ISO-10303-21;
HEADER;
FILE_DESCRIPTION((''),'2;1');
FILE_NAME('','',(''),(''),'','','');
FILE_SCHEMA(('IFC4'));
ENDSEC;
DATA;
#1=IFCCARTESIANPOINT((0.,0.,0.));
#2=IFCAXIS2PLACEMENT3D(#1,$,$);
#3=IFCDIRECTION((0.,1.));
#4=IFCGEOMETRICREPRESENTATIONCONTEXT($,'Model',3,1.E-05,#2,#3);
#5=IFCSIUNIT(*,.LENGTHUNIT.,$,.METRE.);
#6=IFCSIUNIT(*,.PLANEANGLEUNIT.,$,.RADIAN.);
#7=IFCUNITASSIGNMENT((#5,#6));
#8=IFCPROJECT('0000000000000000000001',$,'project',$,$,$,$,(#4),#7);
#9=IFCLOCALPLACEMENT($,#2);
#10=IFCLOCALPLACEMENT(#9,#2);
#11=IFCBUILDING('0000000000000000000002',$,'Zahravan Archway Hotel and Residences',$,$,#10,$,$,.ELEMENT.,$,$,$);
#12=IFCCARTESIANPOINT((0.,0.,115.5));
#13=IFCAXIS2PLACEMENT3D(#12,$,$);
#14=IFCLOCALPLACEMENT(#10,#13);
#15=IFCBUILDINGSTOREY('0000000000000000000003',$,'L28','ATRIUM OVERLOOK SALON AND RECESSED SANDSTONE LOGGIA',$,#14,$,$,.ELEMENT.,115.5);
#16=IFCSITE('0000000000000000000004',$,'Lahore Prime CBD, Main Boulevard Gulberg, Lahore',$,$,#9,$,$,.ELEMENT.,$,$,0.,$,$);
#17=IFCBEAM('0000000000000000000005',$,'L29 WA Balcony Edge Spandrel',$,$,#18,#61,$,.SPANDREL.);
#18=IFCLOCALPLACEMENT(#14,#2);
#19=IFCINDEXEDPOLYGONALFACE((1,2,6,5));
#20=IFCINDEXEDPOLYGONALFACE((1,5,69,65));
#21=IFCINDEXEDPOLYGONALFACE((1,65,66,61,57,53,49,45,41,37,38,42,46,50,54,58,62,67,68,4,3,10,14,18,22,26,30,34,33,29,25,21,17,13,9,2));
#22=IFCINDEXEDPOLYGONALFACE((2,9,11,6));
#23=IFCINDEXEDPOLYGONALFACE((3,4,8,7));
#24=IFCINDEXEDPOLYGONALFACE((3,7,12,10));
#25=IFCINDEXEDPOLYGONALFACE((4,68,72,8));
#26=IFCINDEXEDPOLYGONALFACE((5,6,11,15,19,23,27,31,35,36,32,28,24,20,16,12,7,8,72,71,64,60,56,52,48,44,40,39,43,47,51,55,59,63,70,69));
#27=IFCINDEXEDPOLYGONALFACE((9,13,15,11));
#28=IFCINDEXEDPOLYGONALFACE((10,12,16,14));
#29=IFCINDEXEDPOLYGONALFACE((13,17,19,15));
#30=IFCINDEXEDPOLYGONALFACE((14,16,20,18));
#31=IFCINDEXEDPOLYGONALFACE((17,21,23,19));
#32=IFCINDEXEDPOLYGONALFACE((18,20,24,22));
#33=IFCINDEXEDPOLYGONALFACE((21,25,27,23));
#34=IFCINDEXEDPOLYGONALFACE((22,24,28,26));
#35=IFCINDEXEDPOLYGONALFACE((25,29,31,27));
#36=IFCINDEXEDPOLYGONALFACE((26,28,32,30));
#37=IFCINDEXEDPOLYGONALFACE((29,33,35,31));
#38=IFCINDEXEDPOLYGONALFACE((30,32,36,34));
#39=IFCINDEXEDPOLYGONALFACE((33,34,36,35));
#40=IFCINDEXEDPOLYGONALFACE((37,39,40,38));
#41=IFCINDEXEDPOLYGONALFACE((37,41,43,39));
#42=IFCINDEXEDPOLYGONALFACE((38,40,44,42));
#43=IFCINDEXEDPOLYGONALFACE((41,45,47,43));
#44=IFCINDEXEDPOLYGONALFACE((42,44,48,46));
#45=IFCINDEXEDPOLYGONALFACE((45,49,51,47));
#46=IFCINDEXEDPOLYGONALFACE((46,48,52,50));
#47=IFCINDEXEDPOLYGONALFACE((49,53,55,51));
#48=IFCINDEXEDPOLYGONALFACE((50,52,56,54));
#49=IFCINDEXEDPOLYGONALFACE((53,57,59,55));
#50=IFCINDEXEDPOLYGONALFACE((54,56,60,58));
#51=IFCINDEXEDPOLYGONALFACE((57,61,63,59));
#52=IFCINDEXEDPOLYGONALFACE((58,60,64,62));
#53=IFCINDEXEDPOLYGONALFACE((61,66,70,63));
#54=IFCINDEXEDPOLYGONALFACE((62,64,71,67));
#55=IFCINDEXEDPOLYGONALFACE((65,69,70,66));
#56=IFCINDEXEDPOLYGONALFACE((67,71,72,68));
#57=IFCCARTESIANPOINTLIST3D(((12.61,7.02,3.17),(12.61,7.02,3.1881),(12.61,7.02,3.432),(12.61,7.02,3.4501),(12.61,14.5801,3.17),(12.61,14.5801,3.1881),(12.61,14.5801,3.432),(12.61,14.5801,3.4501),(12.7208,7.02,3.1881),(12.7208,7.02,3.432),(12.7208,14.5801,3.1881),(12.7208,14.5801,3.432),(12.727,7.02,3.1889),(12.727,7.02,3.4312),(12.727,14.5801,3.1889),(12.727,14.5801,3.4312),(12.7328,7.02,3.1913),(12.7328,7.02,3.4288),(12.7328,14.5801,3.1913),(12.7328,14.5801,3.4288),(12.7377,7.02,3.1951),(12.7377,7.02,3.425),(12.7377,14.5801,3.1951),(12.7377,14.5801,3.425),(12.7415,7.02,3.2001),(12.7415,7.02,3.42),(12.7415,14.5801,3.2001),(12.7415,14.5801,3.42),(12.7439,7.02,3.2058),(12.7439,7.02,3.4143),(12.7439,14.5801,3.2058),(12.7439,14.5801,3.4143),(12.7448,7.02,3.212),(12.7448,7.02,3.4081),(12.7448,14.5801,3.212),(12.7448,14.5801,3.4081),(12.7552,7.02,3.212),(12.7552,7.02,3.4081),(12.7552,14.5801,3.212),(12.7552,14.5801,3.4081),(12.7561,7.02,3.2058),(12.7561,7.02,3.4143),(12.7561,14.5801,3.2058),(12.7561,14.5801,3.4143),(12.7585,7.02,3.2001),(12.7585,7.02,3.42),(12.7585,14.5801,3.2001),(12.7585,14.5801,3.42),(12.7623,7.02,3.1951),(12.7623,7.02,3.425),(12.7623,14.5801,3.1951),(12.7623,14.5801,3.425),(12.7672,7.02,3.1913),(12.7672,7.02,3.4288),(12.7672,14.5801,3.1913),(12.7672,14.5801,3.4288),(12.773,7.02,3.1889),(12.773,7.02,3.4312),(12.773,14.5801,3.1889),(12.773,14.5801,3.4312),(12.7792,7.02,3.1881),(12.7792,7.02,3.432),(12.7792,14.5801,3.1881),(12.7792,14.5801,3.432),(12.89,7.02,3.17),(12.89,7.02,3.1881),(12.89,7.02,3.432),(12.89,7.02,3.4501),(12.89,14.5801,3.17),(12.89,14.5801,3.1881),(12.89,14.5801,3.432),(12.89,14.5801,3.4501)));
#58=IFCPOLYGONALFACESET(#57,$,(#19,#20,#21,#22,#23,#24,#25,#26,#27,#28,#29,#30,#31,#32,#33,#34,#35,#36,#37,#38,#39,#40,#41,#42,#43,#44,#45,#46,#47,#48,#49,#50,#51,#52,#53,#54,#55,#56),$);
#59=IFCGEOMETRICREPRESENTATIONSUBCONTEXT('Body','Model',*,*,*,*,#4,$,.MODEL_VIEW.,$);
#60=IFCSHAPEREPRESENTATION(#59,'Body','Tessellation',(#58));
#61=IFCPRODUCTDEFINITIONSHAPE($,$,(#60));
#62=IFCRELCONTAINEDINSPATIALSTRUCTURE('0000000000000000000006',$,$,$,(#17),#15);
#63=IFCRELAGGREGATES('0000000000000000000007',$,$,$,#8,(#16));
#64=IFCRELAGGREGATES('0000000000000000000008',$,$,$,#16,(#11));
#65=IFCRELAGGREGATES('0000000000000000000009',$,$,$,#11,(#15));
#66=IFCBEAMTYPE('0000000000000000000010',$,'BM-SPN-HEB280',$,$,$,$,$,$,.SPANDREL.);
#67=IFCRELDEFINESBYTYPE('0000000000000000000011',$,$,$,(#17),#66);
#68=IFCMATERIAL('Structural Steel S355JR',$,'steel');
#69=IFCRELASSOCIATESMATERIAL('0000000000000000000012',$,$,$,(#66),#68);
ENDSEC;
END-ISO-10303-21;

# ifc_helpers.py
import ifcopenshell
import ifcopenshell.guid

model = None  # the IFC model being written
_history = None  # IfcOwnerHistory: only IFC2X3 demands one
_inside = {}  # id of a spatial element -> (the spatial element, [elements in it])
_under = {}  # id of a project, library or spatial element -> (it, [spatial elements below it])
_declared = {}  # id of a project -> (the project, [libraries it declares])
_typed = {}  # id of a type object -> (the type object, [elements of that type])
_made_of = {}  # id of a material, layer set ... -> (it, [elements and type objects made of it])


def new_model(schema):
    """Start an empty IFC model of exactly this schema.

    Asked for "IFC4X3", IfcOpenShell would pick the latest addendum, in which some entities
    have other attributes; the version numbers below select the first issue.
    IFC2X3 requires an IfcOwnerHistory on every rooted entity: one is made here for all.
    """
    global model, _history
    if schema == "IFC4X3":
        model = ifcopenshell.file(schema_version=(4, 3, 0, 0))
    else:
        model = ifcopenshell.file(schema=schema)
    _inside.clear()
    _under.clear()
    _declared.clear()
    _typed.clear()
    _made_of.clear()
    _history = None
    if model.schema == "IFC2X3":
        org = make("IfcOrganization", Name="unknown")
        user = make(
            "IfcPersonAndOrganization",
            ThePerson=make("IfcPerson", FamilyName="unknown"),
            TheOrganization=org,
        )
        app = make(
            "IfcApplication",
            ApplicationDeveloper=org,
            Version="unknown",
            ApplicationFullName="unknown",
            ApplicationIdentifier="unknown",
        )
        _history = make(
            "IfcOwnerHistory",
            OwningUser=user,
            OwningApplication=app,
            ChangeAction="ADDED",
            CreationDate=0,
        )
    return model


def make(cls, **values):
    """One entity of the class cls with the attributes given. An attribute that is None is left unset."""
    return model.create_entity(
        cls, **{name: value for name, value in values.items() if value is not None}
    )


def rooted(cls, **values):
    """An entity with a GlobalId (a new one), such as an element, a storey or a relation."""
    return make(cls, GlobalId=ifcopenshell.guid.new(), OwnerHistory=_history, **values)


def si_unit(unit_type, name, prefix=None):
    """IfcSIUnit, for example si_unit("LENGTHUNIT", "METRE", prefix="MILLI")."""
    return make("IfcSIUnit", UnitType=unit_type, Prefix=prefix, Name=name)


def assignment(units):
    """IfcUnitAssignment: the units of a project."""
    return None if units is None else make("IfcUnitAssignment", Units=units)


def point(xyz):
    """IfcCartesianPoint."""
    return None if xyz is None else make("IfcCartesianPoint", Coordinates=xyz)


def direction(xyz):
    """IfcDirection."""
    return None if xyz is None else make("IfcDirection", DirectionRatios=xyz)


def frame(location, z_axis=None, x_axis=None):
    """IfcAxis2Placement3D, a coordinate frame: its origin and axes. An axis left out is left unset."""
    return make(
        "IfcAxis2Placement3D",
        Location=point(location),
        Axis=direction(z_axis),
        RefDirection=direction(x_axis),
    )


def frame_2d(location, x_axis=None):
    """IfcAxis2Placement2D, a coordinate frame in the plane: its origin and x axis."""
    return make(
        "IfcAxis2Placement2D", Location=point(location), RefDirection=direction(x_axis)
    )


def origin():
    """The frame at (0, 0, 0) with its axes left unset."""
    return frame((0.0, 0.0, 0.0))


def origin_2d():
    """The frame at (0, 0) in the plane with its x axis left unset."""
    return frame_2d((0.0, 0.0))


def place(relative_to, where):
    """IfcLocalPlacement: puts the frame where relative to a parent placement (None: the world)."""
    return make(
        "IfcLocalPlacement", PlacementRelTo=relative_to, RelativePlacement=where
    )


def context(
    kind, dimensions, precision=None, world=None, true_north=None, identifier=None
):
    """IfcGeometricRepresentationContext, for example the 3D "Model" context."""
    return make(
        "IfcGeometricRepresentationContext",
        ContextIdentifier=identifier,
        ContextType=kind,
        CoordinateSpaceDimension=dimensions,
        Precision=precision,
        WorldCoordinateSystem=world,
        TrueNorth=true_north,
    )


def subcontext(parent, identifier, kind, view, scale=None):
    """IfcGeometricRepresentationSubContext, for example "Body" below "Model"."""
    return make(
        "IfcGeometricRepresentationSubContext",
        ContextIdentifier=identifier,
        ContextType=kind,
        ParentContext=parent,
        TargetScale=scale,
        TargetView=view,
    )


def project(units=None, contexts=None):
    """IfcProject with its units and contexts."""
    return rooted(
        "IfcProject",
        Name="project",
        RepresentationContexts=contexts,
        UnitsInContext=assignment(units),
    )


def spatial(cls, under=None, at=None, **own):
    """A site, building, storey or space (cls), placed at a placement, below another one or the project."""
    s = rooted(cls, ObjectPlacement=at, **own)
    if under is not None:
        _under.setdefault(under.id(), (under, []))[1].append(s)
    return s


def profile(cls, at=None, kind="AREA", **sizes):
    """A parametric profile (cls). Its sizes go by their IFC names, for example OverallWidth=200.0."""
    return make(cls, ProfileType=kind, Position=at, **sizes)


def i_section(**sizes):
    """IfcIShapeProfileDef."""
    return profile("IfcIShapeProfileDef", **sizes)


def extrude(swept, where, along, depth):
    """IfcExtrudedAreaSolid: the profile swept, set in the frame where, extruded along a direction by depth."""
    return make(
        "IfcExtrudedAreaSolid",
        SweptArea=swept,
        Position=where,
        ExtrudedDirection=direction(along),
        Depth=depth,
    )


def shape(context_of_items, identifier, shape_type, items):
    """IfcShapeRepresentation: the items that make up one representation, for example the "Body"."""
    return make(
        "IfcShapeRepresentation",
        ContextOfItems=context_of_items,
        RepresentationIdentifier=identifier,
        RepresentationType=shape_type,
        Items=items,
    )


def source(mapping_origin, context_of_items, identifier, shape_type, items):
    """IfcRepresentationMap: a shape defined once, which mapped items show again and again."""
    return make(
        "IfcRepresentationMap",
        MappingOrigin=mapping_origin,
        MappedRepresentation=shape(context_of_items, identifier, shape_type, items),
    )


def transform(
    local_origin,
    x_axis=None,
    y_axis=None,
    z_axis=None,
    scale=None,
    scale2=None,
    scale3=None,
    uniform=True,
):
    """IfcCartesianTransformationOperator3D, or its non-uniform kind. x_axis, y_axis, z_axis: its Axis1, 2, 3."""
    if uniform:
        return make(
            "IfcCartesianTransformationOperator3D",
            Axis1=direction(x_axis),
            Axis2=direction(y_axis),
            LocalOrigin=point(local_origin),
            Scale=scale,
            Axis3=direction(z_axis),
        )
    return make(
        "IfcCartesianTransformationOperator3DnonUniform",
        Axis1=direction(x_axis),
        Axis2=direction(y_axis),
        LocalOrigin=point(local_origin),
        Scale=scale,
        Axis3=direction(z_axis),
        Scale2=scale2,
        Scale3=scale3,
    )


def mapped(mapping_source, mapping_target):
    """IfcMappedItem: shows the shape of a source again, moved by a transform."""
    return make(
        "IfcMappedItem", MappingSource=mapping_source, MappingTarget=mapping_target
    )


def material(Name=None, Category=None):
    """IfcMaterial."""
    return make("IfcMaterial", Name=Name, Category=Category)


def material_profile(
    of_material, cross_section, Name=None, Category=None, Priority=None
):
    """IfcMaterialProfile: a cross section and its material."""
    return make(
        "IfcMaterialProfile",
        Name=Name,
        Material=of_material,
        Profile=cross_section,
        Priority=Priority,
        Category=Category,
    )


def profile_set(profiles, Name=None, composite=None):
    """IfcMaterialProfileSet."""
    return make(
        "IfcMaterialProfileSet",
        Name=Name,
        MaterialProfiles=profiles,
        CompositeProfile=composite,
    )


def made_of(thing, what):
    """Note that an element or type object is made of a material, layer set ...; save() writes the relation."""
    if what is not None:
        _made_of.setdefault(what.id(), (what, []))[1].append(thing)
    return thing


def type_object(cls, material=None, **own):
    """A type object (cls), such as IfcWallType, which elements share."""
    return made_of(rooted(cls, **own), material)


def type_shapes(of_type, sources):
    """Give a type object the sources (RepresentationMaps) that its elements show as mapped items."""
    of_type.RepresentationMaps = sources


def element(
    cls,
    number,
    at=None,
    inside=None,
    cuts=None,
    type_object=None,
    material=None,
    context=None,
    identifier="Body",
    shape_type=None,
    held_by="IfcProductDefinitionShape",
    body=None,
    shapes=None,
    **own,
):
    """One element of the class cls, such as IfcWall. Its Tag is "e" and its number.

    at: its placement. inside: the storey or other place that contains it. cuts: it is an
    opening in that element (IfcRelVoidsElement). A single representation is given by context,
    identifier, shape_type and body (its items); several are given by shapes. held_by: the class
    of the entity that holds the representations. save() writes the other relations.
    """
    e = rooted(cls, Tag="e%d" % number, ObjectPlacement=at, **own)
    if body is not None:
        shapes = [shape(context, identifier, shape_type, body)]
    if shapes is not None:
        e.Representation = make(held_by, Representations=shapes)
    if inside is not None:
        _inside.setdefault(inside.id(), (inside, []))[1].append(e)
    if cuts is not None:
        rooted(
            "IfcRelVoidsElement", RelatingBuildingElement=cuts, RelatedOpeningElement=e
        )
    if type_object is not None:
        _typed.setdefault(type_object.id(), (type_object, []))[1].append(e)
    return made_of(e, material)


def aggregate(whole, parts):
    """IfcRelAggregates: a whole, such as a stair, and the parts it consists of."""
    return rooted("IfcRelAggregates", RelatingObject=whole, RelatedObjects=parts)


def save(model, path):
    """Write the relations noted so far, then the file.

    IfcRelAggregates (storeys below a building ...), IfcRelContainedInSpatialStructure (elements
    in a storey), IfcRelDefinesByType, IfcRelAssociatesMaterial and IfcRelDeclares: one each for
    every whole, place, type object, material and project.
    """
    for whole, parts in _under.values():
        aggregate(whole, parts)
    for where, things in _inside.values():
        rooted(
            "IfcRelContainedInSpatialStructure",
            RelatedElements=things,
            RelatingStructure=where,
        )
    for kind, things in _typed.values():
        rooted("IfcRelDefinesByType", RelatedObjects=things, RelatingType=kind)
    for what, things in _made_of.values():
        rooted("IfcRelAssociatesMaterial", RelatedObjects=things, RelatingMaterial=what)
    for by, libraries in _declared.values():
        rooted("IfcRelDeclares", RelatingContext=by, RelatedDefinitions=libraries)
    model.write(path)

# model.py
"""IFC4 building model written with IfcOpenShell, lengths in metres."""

from ifc_helpers import new_model, si_unit, direction, frame, origin, origin_2d, place, context, subcontext, project, spatial, i_section, extrude, source, transform, mapped, material, material_profile, profile_set, type_object, type_shapes, element, save


model = new_model("IFC4")

# Units and contexts
model_context = context("Model", 3, precision=1e-05, world=origin(), true_north=direction((0.0, 1.0)))
body_context = subcontext(model_context, "Body", "Model", "MODEL_VIEW")
ifc_project = project(units=[si_unit("LENGTHUNIT", "METRE"), si_unit("PLANEANGLEUNIT", "RADIAN")], contexts=[model_context])

# Site, building, storey
site_placement = place(None, origin())
site = spatial("IfcSite", under=ifc_project, at=site_placement, Name="Lahore Prime CBD, Main Boulevard Gulberg, Lahore", CompositionType="ELEMENT", RefElevation=0.0)
building_placement = place(site_placement, origin())
building = spatial("IfcBuilding", under=site, at=building_placement, Name="Zahravan Archway Hotel and Residences", CompositionType="ELEMENT")
storey_placement = place(building_placement, frame((0.0, 0.0, 115.5)))
storey = spatial("IfcBuildingStorey", under=building, at=storey_placement, Name="L28", Description="ATRIUM OVERLOOK SALON AND RECESSED SANDSTONE LOGGIA", CompositionType="ELEMENT", Elevation=115.5)

# Beam
ifc_material_1 = material(Name="Structural Steel S355JR", Category="steel")
ifc_material_profile = material_profile(ifc_material_1, i_section(OverallWidth=0.28, OverallDepth=0.28, WebThickness=0.0105, FlangeThickness=0.0181, FilletRadius=0.0239, at=origin_2d()), Name="HEB 280", Category="steel")
ifc_profile_set = profile_set([ifc_material_profile], Name="Structural Steel S355JR")
beam_type = type_object("IfcBeamType", Name="BM-SPN-HEB280", PredefinedType="SPANDREL", material=ifc_profile_set)
shared_shape_1 = source(origin(), body_context, "Body", "SweptSolid", [
    extrude(i_section(OverallWidth=0.28, OverallDepth=0.28, WebThickness=0.0105, FlangeThickness=0.0181, FilletRadius=0.0239, at=origin_2d()), origin(), (0.0, 0.0, 1.0), 7.5601),
])
type_shapes(beam_type, [shared_shape_1])
beam_placement = place(storey_placement, frame((12.75, 7.02, 3.3101), z_axis=(0.0, 1.0, 0.0), x_axis=(-1.0, 0.0, 0.0)))
element("IfcBeam", 1, at=beam_placement, inside=storey, type_object=beam_type, Name="L29 WA Balcony Edge Spandrel", PredefinedType="SPANDREL", context=body_context, shape_type="MappedRepresentation", body=[
    mapped(shared_shape_1, transform((0.0, 0.0, 0.0), scale=1.0)),
])

save(model, "model.ifc")
